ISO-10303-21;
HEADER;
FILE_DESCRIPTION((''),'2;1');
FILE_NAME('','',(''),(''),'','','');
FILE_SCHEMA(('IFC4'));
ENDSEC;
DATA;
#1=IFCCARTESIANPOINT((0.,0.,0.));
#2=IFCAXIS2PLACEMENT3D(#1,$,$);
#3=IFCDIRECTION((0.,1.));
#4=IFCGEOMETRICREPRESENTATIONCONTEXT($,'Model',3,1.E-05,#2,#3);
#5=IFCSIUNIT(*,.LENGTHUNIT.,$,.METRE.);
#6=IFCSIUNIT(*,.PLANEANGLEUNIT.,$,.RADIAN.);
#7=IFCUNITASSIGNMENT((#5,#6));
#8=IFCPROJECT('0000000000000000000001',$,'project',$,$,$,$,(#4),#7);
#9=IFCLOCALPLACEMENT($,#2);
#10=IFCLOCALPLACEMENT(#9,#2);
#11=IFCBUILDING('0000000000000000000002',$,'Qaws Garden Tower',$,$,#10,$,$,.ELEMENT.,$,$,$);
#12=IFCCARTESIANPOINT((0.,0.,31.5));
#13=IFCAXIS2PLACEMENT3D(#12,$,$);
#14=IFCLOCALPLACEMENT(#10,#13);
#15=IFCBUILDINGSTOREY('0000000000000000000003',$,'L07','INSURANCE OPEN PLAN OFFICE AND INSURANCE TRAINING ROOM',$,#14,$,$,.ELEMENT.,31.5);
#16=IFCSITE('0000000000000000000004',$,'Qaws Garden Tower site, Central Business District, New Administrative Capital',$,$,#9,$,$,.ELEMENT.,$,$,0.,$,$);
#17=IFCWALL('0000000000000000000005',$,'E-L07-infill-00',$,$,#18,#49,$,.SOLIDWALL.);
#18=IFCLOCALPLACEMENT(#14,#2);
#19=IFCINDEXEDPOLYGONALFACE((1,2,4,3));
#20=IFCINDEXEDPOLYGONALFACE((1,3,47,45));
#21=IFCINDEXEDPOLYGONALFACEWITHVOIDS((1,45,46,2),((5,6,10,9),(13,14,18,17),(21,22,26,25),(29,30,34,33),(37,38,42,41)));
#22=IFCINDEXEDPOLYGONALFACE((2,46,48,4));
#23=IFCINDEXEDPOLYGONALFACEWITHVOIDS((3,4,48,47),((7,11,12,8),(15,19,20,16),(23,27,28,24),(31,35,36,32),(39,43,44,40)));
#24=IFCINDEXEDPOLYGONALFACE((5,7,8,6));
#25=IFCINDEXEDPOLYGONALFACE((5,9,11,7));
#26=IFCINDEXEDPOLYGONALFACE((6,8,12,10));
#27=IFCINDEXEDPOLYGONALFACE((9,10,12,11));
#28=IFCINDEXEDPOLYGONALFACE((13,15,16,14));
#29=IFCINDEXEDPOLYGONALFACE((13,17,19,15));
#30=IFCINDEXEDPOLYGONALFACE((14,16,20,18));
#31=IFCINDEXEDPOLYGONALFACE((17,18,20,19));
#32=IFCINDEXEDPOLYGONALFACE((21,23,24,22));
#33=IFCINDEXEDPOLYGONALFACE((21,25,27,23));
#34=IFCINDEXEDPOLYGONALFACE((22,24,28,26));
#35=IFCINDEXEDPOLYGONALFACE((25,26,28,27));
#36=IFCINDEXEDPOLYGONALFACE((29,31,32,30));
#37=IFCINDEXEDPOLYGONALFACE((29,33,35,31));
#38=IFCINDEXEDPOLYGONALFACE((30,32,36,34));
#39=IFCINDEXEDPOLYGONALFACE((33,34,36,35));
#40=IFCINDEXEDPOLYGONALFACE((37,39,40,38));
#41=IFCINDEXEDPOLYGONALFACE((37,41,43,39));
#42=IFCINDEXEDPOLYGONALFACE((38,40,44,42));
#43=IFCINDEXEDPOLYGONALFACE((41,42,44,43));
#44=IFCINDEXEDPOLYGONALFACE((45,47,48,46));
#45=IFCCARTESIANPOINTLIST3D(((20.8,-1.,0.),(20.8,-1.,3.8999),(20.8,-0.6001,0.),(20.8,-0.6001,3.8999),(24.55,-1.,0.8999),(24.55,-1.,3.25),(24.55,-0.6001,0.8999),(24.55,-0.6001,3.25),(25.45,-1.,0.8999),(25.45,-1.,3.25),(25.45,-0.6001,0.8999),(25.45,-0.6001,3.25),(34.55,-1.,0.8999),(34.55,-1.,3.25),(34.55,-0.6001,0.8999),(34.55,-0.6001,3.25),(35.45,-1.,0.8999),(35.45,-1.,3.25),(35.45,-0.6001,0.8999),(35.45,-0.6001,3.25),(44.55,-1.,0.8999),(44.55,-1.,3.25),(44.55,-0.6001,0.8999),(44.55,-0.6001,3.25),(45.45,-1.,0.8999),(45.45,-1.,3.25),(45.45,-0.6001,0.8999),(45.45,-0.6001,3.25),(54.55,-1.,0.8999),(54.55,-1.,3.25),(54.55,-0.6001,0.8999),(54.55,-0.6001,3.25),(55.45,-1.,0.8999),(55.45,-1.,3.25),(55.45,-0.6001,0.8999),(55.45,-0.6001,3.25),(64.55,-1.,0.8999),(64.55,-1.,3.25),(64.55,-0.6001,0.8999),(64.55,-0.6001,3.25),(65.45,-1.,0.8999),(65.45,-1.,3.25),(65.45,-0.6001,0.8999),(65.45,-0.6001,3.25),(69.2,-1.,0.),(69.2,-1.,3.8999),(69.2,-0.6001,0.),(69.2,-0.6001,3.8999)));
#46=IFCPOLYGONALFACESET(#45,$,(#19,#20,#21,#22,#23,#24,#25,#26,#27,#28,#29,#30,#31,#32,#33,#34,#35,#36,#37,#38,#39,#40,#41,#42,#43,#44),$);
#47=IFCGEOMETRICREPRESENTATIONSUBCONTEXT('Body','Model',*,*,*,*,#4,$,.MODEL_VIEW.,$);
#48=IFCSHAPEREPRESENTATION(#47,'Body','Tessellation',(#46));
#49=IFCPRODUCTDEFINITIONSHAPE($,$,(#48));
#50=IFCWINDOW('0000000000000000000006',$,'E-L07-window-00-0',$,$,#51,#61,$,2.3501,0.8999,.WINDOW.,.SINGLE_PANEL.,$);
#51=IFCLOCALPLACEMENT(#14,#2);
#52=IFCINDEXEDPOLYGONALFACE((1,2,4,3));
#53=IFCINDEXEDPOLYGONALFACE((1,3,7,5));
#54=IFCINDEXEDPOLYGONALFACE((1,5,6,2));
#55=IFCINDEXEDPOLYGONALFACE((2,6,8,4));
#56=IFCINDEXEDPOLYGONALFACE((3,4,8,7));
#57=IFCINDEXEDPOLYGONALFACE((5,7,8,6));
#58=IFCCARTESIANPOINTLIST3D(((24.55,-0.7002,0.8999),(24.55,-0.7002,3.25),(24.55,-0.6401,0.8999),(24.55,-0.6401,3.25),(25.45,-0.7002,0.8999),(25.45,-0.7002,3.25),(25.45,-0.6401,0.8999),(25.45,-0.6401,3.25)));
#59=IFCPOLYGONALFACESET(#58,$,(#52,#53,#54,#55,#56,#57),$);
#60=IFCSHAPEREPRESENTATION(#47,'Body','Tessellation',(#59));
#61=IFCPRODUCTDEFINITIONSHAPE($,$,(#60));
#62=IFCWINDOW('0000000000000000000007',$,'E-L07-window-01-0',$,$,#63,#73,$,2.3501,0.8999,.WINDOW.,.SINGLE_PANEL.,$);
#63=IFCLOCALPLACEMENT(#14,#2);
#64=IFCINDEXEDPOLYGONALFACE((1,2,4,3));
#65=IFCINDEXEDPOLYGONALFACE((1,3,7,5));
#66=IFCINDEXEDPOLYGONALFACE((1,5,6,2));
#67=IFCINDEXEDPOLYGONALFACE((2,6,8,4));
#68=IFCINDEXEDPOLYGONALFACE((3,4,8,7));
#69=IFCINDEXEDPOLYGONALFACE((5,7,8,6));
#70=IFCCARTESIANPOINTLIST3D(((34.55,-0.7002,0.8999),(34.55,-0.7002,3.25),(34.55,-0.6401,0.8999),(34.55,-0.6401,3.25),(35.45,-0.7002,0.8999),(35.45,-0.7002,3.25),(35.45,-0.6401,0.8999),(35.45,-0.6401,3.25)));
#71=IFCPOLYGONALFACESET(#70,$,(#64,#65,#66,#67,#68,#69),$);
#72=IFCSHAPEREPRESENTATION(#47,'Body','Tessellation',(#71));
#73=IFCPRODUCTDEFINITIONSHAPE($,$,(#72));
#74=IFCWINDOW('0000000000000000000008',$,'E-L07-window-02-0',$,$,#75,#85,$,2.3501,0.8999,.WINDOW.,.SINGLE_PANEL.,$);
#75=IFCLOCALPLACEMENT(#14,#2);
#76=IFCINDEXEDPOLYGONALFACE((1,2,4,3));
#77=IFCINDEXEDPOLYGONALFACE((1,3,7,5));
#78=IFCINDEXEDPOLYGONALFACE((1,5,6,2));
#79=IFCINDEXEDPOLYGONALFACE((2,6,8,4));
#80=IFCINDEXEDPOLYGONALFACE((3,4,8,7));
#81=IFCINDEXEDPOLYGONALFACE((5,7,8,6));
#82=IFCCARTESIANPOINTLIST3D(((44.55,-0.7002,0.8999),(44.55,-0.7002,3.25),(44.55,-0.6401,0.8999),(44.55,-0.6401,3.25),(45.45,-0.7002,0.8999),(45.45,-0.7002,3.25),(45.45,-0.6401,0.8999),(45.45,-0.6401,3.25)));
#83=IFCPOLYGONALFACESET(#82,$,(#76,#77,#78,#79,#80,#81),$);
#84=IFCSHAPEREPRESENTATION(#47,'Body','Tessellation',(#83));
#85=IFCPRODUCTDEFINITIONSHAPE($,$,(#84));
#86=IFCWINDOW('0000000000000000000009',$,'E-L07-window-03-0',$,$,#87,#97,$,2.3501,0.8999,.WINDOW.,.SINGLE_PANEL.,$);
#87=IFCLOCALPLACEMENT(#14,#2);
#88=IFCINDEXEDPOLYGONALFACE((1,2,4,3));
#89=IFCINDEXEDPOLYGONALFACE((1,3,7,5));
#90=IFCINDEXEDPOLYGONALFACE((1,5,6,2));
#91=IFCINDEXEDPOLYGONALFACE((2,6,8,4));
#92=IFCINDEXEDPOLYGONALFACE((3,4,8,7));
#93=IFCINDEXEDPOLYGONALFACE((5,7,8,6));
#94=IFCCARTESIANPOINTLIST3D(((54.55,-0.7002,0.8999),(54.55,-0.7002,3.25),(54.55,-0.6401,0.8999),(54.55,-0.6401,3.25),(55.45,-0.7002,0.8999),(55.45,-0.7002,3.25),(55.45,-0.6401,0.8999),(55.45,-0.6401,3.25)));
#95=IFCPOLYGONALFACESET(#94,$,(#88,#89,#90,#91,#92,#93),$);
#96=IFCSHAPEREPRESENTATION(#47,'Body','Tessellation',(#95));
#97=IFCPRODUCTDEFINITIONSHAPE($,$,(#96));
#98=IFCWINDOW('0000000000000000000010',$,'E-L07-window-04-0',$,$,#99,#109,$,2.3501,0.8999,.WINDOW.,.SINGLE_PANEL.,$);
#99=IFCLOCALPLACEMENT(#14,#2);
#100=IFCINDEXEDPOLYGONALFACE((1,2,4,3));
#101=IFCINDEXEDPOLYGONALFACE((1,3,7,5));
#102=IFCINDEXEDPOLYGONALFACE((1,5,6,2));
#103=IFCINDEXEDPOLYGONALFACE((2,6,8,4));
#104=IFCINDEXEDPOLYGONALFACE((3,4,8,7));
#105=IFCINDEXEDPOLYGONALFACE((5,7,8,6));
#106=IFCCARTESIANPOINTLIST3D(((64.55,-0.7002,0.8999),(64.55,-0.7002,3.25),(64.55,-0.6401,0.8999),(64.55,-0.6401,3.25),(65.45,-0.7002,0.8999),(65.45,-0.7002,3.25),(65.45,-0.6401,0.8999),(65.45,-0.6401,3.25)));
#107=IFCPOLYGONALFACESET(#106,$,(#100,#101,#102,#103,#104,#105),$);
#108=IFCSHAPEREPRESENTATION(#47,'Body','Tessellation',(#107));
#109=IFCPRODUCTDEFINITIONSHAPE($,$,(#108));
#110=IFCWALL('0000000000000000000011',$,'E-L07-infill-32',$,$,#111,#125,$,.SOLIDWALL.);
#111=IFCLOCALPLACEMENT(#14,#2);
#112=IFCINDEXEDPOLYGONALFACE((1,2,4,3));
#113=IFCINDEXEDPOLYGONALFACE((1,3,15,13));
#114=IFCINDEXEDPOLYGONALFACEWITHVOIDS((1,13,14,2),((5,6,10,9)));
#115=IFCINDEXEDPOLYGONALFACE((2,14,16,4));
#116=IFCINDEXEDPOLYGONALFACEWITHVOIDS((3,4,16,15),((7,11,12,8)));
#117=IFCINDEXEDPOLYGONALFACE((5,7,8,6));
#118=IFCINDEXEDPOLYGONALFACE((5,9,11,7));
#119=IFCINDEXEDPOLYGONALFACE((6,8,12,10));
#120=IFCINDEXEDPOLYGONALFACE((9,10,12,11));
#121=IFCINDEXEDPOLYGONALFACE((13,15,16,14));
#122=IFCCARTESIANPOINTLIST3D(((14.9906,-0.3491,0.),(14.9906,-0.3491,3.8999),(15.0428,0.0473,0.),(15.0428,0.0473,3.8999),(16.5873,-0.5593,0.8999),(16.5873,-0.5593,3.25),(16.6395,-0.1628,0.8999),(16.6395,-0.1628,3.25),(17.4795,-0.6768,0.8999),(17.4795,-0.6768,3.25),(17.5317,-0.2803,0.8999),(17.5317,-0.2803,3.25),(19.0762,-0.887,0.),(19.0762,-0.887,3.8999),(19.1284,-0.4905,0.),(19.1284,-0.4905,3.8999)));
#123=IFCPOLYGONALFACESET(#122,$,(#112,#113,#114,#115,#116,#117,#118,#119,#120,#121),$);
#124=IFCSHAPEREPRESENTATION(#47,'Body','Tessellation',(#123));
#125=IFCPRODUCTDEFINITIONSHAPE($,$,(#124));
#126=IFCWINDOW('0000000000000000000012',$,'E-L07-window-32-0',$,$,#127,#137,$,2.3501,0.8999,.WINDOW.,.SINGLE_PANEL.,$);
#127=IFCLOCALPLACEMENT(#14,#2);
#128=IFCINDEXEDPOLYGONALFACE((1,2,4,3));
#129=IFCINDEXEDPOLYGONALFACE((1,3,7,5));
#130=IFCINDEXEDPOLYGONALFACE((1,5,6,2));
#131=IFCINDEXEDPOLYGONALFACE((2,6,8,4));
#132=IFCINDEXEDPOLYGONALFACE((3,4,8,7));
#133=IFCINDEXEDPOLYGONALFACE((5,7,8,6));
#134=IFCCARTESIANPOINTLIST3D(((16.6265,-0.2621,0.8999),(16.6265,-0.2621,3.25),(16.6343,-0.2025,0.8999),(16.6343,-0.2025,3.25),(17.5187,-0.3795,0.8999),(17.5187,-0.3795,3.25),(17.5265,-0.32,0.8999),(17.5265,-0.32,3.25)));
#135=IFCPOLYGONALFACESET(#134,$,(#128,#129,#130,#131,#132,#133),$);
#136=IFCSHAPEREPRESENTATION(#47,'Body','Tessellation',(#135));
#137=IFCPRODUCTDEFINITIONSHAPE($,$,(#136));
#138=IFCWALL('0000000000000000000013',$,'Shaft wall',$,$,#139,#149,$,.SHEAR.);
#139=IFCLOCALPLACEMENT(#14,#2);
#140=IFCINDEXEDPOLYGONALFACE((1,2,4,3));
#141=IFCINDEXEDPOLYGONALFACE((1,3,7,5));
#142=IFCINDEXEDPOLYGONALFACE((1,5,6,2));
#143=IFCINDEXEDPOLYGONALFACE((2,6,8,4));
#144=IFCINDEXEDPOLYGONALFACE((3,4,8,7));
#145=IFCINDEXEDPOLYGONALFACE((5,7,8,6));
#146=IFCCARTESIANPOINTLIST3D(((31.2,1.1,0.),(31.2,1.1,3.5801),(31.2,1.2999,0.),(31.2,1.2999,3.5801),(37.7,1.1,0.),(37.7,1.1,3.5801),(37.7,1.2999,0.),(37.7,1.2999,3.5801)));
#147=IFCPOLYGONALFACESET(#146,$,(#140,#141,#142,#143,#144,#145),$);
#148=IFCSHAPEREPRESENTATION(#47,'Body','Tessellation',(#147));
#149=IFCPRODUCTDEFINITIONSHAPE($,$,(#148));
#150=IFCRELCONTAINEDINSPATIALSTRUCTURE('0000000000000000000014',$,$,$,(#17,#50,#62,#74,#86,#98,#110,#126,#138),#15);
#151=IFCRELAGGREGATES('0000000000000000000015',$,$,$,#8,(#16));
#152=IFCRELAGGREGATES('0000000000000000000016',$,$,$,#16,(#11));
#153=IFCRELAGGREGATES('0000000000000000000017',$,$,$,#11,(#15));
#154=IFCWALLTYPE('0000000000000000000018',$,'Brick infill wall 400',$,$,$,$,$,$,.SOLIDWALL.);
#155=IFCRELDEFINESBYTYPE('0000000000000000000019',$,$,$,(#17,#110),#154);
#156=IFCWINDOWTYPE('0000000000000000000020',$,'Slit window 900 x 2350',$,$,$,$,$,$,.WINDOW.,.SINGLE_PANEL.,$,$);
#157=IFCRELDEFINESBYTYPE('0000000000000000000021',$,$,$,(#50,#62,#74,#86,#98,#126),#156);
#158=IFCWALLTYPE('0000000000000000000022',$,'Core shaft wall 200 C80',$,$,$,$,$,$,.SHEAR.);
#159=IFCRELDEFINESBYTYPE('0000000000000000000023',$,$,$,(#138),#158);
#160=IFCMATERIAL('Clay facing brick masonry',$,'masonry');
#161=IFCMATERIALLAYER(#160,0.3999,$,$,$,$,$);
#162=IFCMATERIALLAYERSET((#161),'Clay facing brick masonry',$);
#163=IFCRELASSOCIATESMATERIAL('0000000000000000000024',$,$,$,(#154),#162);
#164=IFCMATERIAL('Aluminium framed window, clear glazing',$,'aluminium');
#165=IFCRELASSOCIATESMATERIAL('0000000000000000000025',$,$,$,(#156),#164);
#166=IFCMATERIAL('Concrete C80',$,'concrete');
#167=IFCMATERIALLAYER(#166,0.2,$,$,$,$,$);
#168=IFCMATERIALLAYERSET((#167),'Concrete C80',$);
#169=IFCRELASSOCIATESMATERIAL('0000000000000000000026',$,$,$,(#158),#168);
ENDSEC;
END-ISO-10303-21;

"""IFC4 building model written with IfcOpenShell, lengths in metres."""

from ifc_helpers import new_model, si_unit, direction, frame, frame_2d, origin, place, context, subcontext, project, spatial, rectangle, extrude, material, layer, layer_set, type_object, element, fill, save


model = new_model("IFC4")

# Units and contexts
model_context = context("Model", 3, precision=1e-05, world=origin(), true_north=direction((0.0, 1.0)))
body_context = subcontext(model_context, "Body", "Model", "MODEL_VIEW")
ifc_project = project(units=[si_unit("LENGTHUNIT", "METRE"), si_unit("PLANEANGLEUNIT", "RADIAN")], contexts=[model_context])

# Site, building, storey
site_placement = place(None, origin())
site = spatial("IfcSite", under=ifc_project, at=site_placement, Name="Qaws Garden Tower site, Central Business District, New Administrative Capital", CompositionType="ELEMENT", RefElevation=0.0)
building_placement = place(site_placement, origin())
building = spatial("IfcBuilding", under=site, at=building_placement, Name="Qaws Garden Tower", CompositionType="ELEMENT")
storey_placement = place(building_placement, frame((0.0, 0.0, 31.5)))
storey = spatial("IfcBuildingStorey", under=building, at=storey_placement, Name="L07", Description="INSURANCE OPEN PLAN OFFICE AND INSURANCE TRAINING ROOM", CompositionType="ELEMENT", Elevation=31.5)

# Wall, openings, windows
ifc_material_1 = material(Name="Clay facing brick masonry", Category="masonry")
ifc_layer_1 = layer(ifc_material_1, 0.3999)
ifc_layer_set_1 = layer_set([ifc_layer_1], Name="Clay facing brick masonry")
wall_type_1 = type_object("IfcWallType", Name="Brick infill wall 400", PredefinedType="SOLIDWALL", material=ifc_layer_set_1)
wall_1_placement = place(storey_placement, frame((20.8, -0.8, 0.0), z_axis=(0.0, 0.0, 1.0), x_axis=(1.0, 0.0, 0.0)))
wall_1 = element("IfcWall", 1, at=wall_1_placement, inside=storey, type_object=wall_type_1, Name="E-L07-infill-00", PredefinedType="SOLIDWALL", context=body_context, shape_type="SweptSolid", body=[
    extrude(rectangle(XDim=48.3999, YDim=0.3999, at=frame_2d((24.2, 0.0))), origin(), (0.0, 0.0, 1.0), 3.8999),
])
opening_1_placement = place(wall_1_placement, frame((3.75, 0.0, 0.8999)))
opening_1 = element("IfcOpeningElement", 2, at=opening_1_placement, cuts=wall_1, PredefinedType="OPENING", context=body_context, shape_type="SweptSolid", body=[
    extrude(rectangle(XDim=0.8999, YDim=2.3501, at=frame_2d((0.45, 1.175))), frame((0.0, 0.21, 0.0), z_axis=(0.0, -1.0, 0.0), x_axis=(1.0, 0.0, 0.0)), (0.0, 0.0, 1.0), 0.4199),
])
opening_2_placement = place(wall_1_placement, frame((13.75, 0.0, 0.8999)))
opening_2 = element("IfcOpeningElement", 3, at=opening_2_placement, cuts=wall_1, PredefinedType="OPENING", context=body_context, shape_type="SweptSolid", body=[
    extrude(rectangle(XDim=0.8999, YDim=2.3501, at=frame_2d((0.45, 1.175))), frame((0.0, 0.21, 0.0), z_axis=(0.0, -1.0, 0.0), x_axis=(1.0, 0.0, 0.0)), (0.0, 0.0, 1.0), 0.4199),
])
opening_3_placement = place(wall_1_placement, frame((23.75, 0.0, 0.8999)))
opening_3 = element("IfcOpeningElement", 4, at=opening_3_placement, cuts=wall_1, PredefinedType="OPENING", context=body_context, shape_type="SweptSolid", body=[
    extrude(rectangle(XDim=0.8999, YDim=2.3501, at=frame_2d((0.45, 1.175))), frame((0.0, 0.21, 0.0), z_axis=(0.0, -1.0, 0.0), x_axis=(1.0, 0.0, 0.0)), (0.0, 0.0, 1.0), 0.4199),
])
opening_4_placement = place(wall_1_placement, frame((33.75, 0.0, 0.8999)))
opening_4 = element("IfcOpeningElement", 5, at=opening_4_placement, cuts=wall_1, PredefinedType="OPENING", context=body_context, shape_type="SweptSolid", body=[
    extrude(rectangle(XDim=0.8999, YDim=2.3501, at=frame_2d((0.45, 1.175))), frame((0.0, 0.21, 0.0), z_axis=(0.0, -1.0, 0.0), x_axis=(1.0, 0.0, 0.0)), (0.0, 0.0, 1.0), 0.4199),
])
opening_5_placement = place(wall_1_placement, frame((43.75, 0.0, 0.8999)))
opening_5 = element("IfcOpeningElement", 6, at=opening_5_placement, cuts=wall_1, PredefinedType="OPENING", context=body_context, shape_type="SweptSolid", body=[
    extrude(rectangle(XDim=0.8999, YDim=2.3501, at=frame_2d((0.45, 1.175))), frame((0.0, 0.21, 0.0), z_axis=(0.0, -1.0, 0.0), x_axis=(1.0, 0.0, 0.0)), (0.0, 0.0, 1.0), 0.4199),
])
ifc_material_2 = material(Name="Aluminium framed window, clear glazing", Category="aluminium")
window_type = type_object("IfcWindowType", Name="Slit window 900 x 2350", PartitioningType="SINGLE_PANEL", PredefinedType="WINDOW", material=ifc_material_2)
window_1_placement = place(opening_1_placement, origin())
window_1 = element("IfcWindow", 7, at=window_1_placement, inside=storey, type_object=window_type, Name="E-L07-window-00-0", OverallHeight=2.3501, OverallWidth=0.8999, PartitioningType="SINGLE_PANEL", PredefinedType="WINDOW", context=body_context, shape_type="SweptSolid", body=[
    extrude(rectangle(XDim=0.8999, YDim=2.3501, at=frame_2d((0.45, 1.175))), frame((0.0, 0.1599, 0.0), z_axis=(0.0, -1.0, 0.0), x_axis=(1.0, 0.0, 0.0)), (0.0, 0.0, 1.0), 0.0601),
])
fill(opening_1, window_1)
window_2_placement = place(opening_2_placement, origin())
window_2 = element("IfcWindow", 8, at=window_2_placement, inside=storey, type_object=window_type, Name="E-L07-window-01-0", OverallHeight=2.3501, OverallWidth=0.8999, PartitioningType="SINGLE_PANEL", PredefinedType="WINDOW", context=body_context, shape_type="SweptSolid", body=[
    extrude(rectangle(XDim=0.8999, YDim=2.3501, at=frame_2d((0.45, 1.175))), frame((0.0, 0.1599, 0.0), z_axis=(0.0, -1.0, 0.0), x_axis=(1.0, 0.0, 0.0)), (0.0, 0.0, 1.0), 0.0601),
])
fill(opening_2, window_2)
window_3_placement = place(opening_3_placement, origin())
window_3 = element("IfcWindow", 9, at=window_3_placement, inside=storey, type_object=window_type, Name="E-L07-window-02-0", OverallHeight=2.3501, OverallWidth=0.8999, PartitioningType="SINGLE_PANEL", PredefinedType="WINDOW", context=body_context, shape_type="SweptSolid", body=[
    extrude(rectangle(XDim=0.8999, YDim=2.3501, at=frame_2d((0.45, 1.175))), frame((0.0, 0.1599, 0.0), z_axis=(0.0, -1.0, 0.0), x_axis=(1.0, 0.0, 0.0)), (0.0, 0.0, 1.0), 0.0601),
])
fill(opening_3, window_3)
window_4_placement = place(opening_4_placement, origin())
window_4 = element("IfcWindow", 10, at=window_4_placement, inside=storey, type_object=window_type, Name="E-L07-window-03-0", OverallHeight=2.3501, OverallWidth=0.8999, PartitioningType="SINGLE_PANEL", PredefinedType="WINDOW", context=body_context, shape_type="SweptSolid", body=[
    extrude(rectangle(XDim=0.8999, YDim=2.3501, at=frame_2d((0.45, 1.175))), frame((0.0, 0.1599, 0.0), z_axis=(0.0, -1.0, 0.0), x_axis=(1.0, 0.0, 0.0)), (0.0, 0.0, 1.0), 0.0601),
])
fill(opening_4, window_4)
window_5_placement = place(opening_5_placement, origin())
window_5 = element("IfcWindow", 11, at=window_5_placement, inside=storey, type_object=window_type, Name="E-L07-window-04-0", OverallHeight=2.3501, OverallWidth=0.8999, PartitioningType="SINGLE_PANEL", PredefinedType="WINDOW", context=body_context, shape_type="SweptSolid", body=[
    extrude(rectangle(XDim=0.8999, YDim=2.3501, at=frame_2d((0.45, 1.175))), frame((0.0, 0.1599, 0.0), z_axis=(0.0, -1.0, 0.0), x_axis=(1.0, 0.0, 0.0)), (0.0, 0.0, 1.0), 0.0601),
])
fill(opening_5, window_5)

# Wall, opening, window
wall_2_placement = place(storey_placement, frame((15.0166, -0.1509, 0.0), z_axis=(0.0, 0.0, 1.0), x_axis=(0.991446, -0.130514, 0.0)))
wall_2 = element("IfcWall", 12, at=wall_2_placement, inside=storey, type_object=wall_type_1, Name="E-L07-infill-32", PredefinedType="SOLIDWALL", context=body_context, shape_type="SweptSolid", body=[
    extrude(rectangle(XDim=4.1208, YDim=0.3999, at=frame_2d((2.0605, 0.0))), origin(), (0.0, 0.0, 1.0), 3.8999),
])
opening_6_placement = place(wall_2_placement, frame((1.6106, 0.0, 0.8999)))
opening_6 = element("IfcOpeningElement", 13, at=opening_6_placement, cuts=wall_2, PredefinedType="OPENING", context=body_context, shape_type="SweptSolid", body=[
    extrude(rectangle(XDim=0.8999, YDim=2.3501, at=frame_2d((0.45, 1.175))), frame((0.0, 0.21, 0.0), z_axis=(0.0, -1.0, 0.0), x_axis=(1.0, 0.0, 0.0)), (0.0, 0.0, 1.0), 0.4199),
])
window_6_placement = place(opening_6_placement, origin())
window_6 = element("IfcWindow", 14, at=window_6_placement, inside=storey, type_object=window_type, Name="E-L07-window-32-0", OverallHeight=2.3501, OverallWidth=0.8999, PartitioningType="SINGLE_PANEL", PredefinedType="WINDOW", context=body_context, shape_type="SweptSolid", body=[
    extrude(rectangle(XDim=0.8999, YDim=2.3501, at=frame_2d((0.45, 1.175))), frame((0.0, 0.1599, 0.0), z_axis=(0.0, -1.0, 0.0), x_axis=(1.0, 0.0, 0.0)), (0.0, 0.0, 1.0), 0.0601),
])
fill(opening_6, window_6)

# Wall
ifc_material_3 = material(Name="Concrete C80", Category="concrete")
ifc_layer_2 = layer(ifc_material_3, 0.2)
ifc_layer_set_2 = layer_set([ifc_layer_2], Name="Concrete C80")
wall_type_2 = type_object("IfcWallType", Name="Core shaft wall 200 C80", PredefinedType="SHEAR", material=ifc_layer_set_2)
wall_3_placement = place(storey_placement, frame((31.2, 1.2, 0.0), z_axis=(0.0, 0.0, 1.0), x_axis=(1.0, 0.0, 0.0)))
element("IfcWall", 15, at=wall_3_placement, inside=storey, type_object=wall_type_2, Name="Shaft wall", PredefinedType="SHEAR", context=body_context, shape_type="SweptSolid", body=[
    extrude(rectangle(XDim=6.5, YDim=0.2, at=frame_2d((3.25, 0.0))), origin(), (0.0, 0.0, 1.0), 3.5801),
])

save(model, "model.ifc")
